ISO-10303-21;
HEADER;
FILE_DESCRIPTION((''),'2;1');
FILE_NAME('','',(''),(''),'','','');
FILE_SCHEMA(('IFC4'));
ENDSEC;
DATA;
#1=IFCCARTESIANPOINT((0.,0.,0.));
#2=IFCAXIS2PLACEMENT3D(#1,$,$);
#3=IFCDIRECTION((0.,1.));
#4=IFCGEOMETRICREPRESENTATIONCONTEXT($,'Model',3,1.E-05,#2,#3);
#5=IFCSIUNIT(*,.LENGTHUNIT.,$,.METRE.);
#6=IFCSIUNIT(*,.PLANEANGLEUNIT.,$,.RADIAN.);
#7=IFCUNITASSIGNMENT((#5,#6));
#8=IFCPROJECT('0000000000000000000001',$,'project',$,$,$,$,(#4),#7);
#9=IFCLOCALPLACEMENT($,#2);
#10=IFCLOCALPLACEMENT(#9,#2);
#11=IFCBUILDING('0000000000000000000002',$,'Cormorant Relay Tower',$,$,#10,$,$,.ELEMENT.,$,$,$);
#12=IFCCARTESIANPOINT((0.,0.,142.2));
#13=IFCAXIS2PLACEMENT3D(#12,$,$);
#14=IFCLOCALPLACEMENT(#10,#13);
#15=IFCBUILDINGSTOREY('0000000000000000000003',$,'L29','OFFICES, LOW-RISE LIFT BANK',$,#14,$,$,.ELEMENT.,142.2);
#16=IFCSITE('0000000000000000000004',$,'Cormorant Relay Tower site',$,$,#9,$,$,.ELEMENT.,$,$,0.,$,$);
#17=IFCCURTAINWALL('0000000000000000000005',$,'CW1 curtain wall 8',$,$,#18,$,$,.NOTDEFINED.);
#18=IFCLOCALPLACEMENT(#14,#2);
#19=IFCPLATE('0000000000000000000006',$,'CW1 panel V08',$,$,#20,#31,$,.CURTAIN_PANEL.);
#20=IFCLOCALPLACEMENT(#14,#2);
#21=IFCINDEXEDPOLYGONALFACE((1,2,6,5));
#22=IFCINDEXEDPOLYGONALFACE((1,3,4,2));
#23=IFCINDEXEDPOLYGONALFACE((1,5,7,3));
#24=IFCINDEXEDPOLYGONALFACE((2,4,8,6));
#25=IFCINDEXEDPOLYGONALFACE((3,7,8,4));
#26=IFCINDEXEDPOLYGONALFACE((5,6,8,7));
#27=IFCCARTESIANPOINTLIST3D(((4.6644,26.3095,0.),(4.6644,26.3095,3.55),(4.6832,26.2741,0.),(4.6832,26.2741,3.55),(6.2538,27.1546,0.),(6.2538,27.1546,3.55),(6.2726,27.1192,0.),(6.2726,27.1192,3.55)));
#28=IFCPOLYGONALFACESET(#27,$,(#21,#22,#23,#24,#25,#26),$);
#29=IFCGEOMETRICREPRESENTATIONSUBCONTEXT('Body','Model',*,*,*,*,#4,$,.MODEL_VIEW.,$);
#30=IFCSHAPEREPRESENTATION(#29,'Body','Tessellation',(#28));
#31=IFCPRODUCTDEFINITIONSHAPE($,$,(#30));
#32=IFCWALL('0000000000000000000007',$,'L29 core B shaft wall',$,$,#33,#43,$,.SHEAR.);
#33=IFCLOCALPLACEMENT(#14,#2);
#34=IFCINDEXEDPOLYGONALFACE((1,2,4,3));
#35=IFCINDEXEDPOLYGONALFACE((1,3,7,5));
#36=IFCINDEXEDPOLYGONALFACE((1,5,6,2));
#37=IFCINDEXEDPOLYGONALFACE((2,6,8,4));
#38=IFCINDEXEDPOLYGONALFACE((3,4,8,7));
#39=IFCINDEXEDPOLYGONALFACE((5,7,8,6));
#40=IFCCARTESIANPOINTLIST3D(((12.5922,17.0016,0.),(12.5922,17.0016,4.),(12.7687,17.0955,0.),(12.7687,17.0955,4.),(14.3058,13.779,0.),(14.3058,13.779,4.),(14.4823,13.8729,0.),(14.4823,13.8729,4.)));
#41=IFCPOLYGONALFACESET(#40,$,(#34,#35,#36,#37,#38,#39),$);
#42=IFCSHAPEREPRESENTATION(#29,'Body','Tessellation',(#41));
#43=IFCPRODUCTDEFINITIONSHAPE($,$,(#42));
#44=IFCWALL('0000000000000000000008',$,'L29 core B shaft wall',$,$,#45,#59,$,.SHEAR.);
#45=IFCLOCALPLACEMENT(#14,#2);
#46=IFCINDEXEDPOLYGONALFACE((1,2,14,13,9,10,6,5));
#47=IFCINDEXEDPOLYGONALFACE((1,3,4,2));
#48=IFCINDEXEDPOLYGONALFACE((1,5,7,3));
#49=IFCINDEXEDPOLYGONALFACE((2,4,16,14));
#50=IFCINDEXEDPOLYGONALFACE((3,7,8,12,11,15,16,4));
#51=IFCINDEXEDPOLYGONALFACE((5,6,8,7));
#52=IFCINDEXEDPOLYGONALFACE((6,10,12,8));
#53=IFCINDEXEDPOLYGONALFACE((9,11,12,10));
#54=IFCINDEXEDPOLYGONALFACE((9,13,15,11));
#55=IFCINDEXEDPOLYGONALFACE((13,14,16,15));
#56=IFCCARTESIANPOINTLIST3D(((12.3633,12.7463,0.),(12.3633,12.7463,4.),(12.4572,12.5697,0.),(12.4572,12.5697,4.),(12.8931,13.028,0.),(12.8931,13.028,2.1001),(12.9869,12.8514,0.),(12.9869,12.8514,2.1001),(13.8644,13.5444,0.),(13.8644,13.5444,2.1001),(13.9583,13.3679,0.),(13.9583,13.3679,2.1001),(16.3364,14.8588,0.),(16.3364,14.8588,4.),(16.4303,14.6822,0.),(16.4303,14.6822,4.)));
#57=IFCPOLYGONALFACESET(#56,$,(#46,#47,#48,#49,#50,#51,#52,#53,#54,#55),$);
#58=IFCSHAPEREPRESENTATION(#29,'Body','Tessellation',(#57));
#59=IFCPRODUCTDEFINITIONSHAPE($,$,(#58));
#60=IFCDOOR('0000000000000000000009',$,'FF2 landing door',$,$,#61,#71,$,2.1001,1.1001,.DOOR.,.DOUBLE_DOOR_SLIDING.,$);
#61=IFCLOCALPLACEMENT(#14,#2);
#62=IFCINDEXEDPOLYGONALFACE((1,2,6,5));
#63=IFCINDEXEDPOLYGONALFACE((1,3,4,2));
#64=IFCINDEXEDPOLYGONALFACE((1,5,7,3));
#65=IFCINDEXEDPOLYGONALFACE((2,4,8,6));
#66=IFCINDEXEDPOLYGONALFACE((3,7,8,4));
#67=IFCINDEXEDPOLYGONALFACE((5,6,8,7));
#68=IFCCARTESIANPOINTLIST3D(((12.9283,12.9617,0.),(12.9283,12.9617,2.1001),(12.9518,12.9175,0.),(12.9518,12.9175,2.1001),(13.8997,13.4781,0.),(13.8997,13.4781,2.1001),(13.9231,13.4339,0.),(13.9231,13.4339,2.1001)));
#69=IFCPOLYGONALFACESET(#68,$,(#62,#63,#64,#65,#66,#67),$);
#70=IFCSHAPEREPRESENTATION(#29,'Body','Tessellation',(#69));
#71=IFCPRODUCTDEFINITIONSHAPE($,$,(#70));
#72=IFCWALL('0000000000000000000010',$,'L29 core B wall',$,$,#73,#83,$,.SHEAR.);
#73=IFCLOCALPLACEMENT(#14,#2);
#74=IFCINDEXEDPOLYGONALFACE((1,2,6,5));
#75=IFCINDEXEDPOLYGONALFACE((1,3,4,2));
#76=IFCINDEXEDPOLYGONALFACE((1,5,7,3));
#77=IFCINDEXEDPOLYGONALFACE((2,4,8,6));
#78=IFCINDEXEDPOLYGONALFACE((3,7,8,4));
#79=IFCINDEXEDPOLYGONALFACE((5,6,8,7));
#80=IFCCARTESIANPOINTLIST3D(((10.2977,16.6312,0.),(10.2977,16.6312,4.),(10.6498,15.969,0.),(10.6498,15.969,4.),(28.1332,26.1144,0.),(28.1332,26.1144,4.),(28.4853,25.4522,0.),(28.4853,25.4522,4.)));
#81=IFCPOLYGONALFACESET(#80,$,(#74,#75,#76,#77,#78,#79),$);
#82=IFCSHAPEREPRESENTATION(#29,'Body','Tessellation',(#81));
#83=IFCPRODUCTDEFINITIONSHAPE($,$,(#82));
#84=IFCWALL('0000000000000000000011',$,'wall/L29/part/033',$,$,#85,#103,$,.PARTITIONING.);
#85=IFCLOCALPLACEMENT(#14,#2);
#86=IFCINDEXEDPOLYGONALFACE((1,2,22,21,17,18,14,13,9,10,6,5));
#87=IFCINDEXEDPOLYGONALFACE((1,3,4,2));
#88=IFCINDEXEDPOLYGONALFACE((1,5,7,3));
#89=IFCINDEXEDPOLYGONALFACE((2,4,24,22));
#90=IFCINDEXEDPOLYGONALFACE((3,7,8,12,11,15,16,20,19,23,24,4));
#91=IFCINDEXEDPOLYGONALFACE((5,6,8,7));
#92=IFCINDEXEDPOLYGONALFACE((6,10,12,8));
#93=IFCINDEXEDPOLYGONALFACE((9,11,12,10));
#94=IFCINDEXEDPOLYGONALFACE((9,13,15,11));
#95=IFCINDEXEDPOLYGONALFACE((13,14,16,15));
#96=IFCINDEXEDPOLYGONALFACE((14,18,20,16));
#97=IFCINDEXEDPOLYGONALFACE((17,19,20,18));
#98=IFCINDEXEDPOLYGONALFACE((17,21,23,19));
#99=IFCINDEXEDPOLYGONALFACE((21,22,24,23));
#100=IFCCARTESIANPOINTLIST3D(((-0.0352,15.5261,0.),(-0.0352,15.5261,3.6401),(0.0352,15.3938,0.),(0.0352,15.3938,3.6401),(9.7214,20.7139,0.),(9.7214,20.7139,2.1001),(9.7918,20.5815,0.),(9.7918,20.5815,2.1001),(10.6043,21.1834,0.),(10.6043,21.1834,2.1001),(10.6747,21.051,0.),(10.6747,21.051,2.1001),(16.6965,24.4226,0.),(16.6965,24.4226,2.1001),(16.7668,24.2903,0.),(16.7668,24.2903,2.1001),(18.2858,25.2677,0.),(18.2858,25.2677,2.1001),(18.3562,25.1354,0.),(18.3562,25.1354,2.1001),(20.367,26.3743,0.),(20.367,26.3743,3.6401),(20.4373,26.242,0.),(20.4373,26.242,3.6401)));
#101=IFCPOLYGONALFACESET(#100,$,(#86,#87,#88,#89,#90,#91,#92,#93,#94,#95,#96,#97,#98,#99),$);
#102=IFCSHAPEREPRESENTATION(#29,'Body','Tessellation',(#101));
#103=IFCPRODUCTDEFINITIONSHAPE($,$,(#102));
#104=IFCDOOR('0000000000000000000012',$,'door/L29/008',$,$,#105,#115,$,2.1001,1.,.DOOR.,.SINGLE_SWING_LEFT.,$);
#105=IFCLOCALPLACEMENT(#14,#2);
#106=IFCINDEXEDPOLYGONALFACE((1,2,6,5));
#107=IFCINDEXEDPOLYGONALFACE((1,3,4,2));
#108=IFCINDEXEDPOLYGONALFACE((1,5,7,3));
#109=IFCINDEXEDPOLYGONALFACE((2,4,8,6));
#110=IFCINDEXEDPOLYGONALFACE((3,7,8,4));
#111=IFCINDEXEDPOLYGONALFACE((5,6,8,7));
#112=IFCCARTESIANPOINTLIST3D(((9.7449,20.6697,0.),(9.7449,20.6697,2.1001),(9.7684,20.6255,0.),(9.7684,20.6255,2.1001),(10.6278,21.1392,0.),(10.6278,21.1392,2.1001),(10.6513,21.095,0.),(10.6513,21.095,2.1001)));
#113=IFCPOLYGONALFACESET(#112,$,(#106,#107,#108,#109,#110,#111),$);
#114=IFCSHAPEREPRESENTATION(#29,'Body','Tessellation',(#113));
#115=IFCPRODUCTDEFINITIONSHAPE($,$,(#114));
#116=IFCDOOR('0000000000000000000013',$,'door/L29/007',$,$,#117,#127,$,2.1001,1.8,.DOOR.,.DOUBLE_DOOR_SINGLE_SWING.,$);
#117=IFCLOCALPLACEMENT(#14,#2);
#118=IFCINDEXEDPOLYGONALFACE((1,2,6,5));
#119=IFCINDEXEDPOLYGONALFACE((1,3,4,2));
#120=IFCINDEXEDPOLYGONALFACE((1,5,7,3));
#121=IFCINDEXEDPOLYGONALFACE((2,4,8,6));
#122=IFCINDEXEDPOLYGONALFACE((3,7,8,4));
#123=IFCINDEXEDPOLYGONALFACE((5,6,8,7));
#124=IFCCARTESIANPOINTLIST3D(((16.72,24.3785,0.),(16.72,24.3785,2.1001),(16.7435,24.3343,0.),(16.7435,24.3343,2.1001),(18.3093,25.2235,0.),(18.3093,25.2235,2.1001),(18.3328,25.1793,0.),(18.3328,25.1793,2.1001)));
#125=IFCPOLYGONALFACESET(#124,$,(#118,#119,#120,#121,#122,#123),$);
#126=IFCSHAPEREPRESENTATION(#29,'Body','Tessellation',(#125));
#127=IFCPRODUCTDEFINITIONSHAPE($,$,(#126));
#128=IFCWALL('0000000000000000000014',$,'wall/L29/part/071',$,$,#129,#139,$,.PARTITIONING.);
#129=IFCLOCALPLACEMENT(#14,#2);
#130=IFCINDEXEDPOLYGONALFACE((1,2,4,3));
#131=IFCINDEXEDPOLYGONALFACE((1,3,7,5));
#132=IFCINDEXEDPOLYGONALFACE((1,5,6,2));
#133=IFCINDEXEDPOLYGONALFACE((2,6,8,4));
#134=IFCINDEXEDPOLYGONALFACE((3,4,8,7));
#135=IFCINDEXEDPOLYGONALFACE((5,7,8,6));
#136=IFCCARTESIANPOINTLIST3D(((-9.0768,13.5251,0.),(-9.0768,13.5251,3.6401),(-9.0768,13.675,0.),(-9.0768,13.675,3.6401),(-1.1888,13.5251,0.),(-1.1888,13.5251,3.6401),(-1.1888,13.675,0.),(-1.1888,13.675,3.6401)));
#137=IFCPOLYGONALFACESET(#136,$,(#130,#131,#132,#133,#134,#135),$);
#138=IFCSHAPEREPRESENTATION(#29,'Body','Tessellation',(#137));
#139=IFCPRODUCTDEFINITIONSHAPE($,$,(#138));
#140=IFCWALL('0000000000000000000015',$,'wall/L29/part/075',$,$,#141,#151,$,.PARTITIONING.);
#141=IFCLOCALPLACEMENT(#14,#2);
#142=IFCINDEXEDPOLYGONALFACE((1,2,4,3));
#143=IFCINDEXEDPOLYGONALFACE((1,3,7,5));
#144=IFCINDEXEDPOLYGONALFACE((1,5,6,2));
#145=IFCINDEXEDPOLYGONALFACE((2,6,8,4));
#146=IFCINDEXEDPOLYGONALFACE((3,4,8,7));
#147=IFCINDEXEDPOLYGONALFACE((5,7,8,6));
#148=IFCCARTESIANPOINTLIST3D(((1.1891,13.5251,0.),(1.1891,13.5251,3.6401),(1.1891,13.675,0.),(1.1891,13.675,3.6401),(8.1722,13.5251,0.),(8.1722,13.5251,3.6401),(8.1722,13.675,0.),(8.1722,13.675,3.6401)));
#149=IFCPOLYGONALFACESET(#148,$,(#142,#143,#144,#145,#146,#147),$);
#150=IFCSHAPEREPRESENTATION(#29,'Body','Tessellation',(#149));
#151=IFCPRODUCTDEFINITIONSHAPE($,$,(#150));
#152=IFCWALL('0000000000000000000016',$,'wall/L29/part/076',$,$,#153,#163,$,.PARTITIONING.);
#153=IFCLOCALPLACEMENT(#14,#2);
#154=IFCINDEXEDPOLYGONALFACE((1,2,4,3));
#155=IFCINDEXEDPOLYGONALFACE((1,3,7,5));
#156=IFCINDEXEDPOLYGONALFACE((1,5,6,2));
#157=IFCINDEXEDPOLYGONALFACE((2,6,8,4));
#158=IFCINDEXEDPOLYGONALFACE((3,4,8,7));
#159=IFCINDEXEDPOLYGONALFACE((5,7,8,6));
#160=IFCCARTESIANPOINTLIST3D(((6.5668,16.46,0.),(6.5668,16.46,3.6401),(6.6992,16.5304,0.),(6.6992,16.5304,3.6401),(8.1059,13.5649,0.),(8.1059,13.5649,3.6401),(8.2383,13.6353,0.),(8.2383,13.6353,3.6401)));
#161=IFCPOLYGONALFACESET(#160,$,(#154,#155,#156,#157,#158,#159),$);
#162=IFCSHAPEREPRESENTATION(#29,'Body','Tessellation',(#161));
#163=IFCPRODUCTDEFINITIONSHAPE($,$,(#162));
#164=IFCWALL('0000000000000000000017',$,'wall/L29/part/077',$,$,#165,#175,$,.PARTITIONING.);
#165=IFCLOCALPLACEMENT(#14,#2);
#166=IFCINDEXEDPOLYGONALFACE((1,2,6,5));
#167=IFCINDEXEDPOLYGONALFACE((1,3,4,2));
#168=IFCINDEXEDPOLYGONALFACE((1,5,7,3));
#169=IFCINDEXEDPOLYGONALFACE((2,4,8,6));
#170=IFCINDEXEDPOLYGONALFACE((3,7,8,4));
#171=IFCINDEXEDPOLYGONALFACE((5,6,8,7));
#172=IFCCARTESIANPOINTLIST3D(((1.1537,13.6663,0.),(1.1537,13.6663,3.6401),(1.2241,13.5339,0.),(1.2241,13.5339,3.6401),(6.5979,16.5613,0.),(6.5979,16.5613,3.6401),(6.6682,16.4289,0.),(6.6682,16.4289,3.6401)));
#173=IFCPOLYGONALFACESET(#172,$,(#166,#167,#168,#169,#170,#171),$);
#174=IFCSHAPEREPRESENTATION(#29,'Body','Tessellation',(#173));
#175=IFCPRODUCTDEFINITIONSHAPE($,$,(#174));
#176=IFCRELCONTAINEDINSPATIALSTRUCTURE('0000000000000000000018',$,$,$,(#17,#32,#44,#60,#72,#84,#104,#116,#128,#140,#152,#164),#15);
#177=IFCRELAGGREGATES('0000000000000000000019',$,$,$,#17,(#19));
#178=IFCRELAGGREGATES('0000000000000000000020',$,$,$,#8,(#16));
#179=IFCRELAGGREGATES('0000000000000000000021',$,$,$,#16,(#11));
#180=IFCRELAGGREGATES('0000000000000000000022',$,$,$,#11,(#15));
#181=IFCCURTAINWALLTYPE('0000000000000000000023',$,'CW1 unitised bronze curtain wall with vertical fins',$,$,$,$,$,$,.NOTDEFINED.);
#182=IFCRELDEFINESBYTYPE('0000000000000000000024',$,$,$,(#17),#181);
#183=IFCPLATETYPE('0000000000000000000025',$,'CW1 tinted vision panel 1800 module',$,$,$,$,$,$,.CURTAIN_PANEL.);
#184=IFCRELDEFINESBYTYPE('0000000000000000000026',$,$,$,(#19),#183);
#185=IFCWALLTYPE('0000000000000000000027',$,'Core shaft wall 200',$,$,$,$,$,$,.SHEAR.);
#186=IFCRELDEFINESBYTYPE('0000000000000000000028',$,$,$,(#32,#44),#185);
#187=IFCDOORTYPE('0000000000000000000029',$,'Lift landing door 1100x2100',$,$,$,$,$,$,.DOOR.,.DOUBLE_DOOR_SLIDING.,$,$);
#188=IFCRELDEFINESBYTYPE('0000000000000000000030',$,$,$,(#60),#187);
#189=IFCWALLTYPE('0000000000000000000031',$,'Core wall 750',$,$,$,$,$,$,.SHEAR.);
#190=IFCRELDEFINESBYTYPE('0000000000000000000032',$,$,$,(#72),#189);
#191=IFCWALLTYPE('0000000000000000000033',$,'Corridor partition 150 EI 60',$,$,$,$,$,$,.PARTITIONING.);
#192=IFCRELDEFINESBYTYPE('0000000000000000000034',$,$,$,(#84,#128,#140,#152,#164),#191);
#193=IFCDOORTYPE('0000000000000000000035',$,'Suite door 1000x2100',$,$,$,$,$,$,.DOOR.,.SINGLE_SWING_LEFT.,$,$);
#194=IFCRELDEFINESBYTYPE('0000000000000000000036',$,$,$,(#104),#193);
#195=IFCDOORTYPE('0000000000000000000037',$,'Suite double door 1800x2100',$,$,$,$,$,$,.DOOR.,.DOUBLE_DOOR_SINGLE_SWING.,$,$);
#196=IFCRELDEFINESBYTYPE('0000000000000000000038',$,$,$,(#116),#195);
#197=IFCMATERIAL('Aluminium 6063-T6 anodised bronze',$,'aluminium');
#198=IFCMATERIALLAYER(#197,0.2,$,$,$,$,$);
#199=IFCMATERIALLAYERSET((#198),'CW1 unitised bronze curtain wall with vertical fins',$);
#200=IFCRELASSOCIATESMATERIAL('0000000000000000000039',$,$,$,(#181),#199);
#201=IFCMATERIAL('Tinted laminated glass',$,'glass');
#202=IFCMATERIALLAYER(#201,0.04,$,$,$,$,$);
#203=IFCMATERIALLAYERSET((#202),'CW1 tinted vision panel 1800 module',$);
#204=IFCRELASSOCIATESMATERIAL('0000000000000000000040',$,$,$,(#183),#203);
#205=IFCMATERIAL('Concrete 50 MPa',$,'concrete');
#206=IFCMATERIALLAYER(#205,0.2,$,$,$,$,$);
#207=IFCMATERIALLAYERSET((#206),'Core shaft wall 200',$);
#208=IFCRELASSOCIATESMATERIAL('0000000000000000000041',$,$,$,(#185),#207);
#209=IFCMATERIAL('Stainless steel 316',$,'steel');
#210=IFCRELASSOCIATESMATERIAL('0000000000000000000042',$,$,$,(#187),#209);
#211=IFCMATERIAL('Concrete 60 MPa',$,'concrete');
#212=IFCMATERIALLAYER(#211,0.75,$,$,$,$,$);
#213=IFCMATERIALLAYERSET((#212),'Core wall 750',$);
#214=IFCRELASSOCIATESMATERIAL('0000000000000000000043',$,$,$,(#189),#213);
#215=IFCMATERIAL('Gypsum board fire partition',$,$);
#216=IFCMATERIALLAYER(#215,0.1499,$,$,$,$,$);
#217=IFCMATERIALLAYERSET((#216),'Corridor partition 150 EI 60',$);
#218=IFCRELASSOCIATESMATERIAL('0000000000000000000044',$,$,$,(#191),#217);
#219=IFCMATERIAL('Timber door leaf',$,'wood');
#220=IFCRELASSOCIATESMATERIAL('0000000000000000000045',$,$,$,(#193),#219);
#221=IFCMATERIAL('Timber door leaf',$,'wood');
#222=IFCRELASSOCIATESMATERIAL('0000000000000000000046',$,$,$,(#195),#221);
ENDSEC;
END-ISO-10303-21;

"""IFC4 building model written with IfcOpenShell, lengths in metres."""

from ifc_helpers import new_model, si_unit, direction, frame, frame_2d, origin, origin_2d, place, context, subcontext, project, spatial, rectangle, extrude, material, layer, layer_set, type_object, element, fill, aggregate, save


model = new_model("IFC4")

# Units and contexts
model_context = context("Model", 3, precision=1e-05, world=origin(), true_north=direction((0.0, 1.0)))
body_context = subcontext(model_context, "Body", "Model", "MODEL_VIEW")
ifc_project = project(units=[si_unit("LENGTHUNIT", "METRE"), si_unit("PLANEANGLEUNIT", "RADIAN")], contexts=[model_context])

# Site, building, storey
site_placement = place(None, origin())
site = spatial("IfcSite", under=ifc_project, at=site_placement, Name="Cormorant Relay Tower site", CompositionType="ELEMENT", RefElevation=0.0)
building_placement = place(site_placement, origin())
building = spatial("IfcBuilding", under=site, at=building_placement, Name="Cormorant Relay Tower", CompositionType="ELEMENT")
storey_placement = place(building_placement, frame((0.0, 0.0, 142.2)))
storey = spatial("IfcBuildingStorey", under=building, at=storey_placement, Name="L29", Description="OFFICES, LOW-RISE LIFT BANK", CompositionType="ELEMENT", Elevation=142.2)

# Curtain wall
ifc_material_1 = material(Name="Aluminium 6063-T6 anodised bronze", Category="aluminium")
ifc_layer_1 = layer(ifc_material_1, 0.2)
ifc_layer_set_1 = layer_set([ifc_layer_1], Name="CW1 unitised bronze curtain wall with vertical fins")
curtain_wall_type = type_object("IfcCurtainWallType", Name="CW1 unitised bronze curtain wall with vertical fins", PredefinedType="NOTDEFINED", material=ifc_layer_set_1)
curtain_wall_1_placement = place(storey_placement, origin())
curtain_wall_1 = element("IfcCurtainWall", 1, at=curtain_wall_1_placement, inside=storey, type_object=curtain_wall_type, Name="CW1 curtain wall 8", PredefinedType="NOTDEFINED")

# Plate
ifc_material_2 = material(Name="Tinted laminated glass", Category="glass")
ifc_layer_2 = layer(ifc_material_2, 0.04)
ifc_layer_set_2 = layer_set([ifc_layer_2], Name="CW1 tinted vision panel 1800 module")
plate_type = type_object("IfcPlateType", Name="CW1 tinted vision panel 1800 module", PredefinedType="CURTAIN_PANEL", material=ifc_layer_set_2)
plate_1_placement = place(storey_placement, frame((5.4685, 26.7144, 0.0), z_axis=(0.0, 0.0, 1.0), x_axis=(-0.882948, -0.469472, 0.0)))
plate_1 = element("IfcPlate", 2, at=plate_1_placement, type_object=plate_type, Name="CW1 panel V08", PredefinedType="CURTAIN_PANEL", context=body_context, shape_type="SweptSolid", body=[
    extrude(rectangle(XDim=1.8, YDim=0.04, at=origin_2d()), origin(), (0.0, 0.0, 1.0), 3.55),
])

# Wall
ifc_material_3 = material(Name="Concrete 50 MPa", Category="concrete")
ifc_layer_3 = layer(ifc_material_3, 0.2)
ifc_layer_set_3 = layer_set([ifc_layer_3], Name="Core shaft wall 200")
wall_type_1 = type_object("IfcWallType", Name="Core shaft wall 200", PredefinedType="SHEAR", material=ifc_layer_set_3)
wall_1_placement = place(storey_placement, frame((14.394, 13.8259, 0.0), z_axis=(0.0, 0.0, 1.0), x_axis=(-0.469494, 0.882936, 0.0)))
element("IfcWall", 3, at=wall_1_placement, inside=storey, type_object=wall_type_1, Name="L29 core B shaft wall", PredefinedType="SHEAR", context=body_context, shape_type="SweptSolid", body=[
    extrude(rectangle(XDim=3.6499, YDim=0.2, at=frame_2d((1.825, 0.0))), origin(), (0.0, 0.0, 1.0), 4.0),
])

# Wall, opening, door
wall_2_placement = place(storey_placement, frame((12.4102, 12.658, 0.0), z_axis=(0.0, 0.0, 1.0), x_axis=(0.882948, 0.46947, 0.0)))
wall_2 = element("IfcWall", 4, at=wall_2_placement, inside=storey, type_object=wall_type_1, Name="L29 core B shaft wall", PredefinedType="SHEAR", context=body_context, shape_type="SweptSolid", body=[
    extrude(rectangle(XDim=4.4998, YDim=0.2, at=frame_2d((2.25, 0.0))), origin(), (0.0, 0.0, 1.0), 4.0),
])
opening_1_placement = place(wall_2_placement, frame((0.6001, 0.0, 0.0)))
opening_1 = element("IfcOpeningElement", 5, at=opening_1_placement, cuts=wall_2, PredefinedType="OPENING", context=body_context, shape_type="SweptSolid", body=[
    extrude(rectangle(XDim=1.1001, YDim=2.1001, at=frame_2d((0.55, 1.05))), frame((0.0, 0.1099, 0.0), z_axis=(0.0, -1.0, 0.0), x_axis=(1.0, 0.0, 0.0)), (0.0, 0.0, 1.0), 0.22),
])
ifc_material_4 = material(Name="Stainless steel 316", Category="steel")
door_type_1 = type_object("IfcDoorType", Name="Lift landing door 1100x2100", OperationType="DOUBLE_DOOR_SLIDING", PredefinedType="DOOR", material=ifc_material_4)
door_1_placement = place(opening_1_placement, origin())
door_1 = element("IfcDoor", 6, at=door_1_placement, inside=storey, type_object=door_type_1, Name="FF2 landing door", OperationType="DOUBLE_DOOR_SLIDING", OverallHeight=2.1001, OverallWidth=1.1001, PredefinedType="DOOR", context=body_context, shape_type="SweptSolid", body=[
    extrude(rectangle(XDim=1.1001, YDim=2.1001, at=frame_2d((0.55, 1.05))), frame((0.0, 0.0249, 0.0), z_axis=(0.0, -1.0, 0.0), x_axis=(1.0, 0.0, 0.0)), (0.0, 0.0, 1.0), 0.05),
])
fill(opening_1, door_1)

# Wall
ifc_material_5 = material(Name="Concrete 60 MPa", Category="concrete")
ifc_layer_4 = layer(ifc_material_5, 0.75)
ifc_layer_set_4 = layer_set([ifc_layer_4], Name="Core wall 750")
wall_type_2 = type_object("IfcWallType", Name="Core wall 750", PredefinedType="SHEAR", material=ifc_layer_set_4)
wall_3_placement = place(storey_placement, frame((10.4736, 16.3, 0.0), z_axis=(0.0, 0.0, 1.0), x_axis=(0.88295, 0.469467, 0.0)))
element("IfcWall", 7, at=wall_3_placement, inside=storey, type_object=wall_type_2, Name="L29 core B wall", PredefinedType="SHEAR", context=body_context, shape_type="SweptSolid", body=[
    extrude(rectangle(XDim=20.2, YDim=0.75, at=frame_2d((10.1001, 0.0))), origin(), (0.0, 0.0, 1.0), 4.0),
])

# Wall, openings, doors
ifc_material_6 = material(Name="Gypsum board fire partition")
ifc_layer_5 = layer(ifc_material_6, 0.1499)
ifc_layer_set_5 = layer_set([ifc_layer_5], Name="Corridor partition 150 EI 60")
wall_type_3 = type_object("IfcWallType", Name="Corridor partition 150 EI 60", PredefinedType="PARTITIONING", material=ifc_layer_set_5)
wall_4_placement = place(storey_placement, frame((0.0, 15.46, 0.0), z_axis=(0.0, 0.0, 1.0), x_axis=(0.882945, 0.469477, 0.0)))
wall_4 = element("IfcWall", 8, at=wall_4_placement, inside=storey, type_object=wall_type_3, Name="wall/L29/part/033", PredefinedType="PARTITIONING", context=body_context, shape_type="SweptSolid", body=[
    extrude(rectangle(XDim=23.1069, YDim=0.1499, at=frame_2d((11.5535, 0.0))), origin(), (0.0, 0.0, 1.0), 3.6401),
])
opening_2_placement = place(wall_4_placement, frame((18.95, 0.0, 0.0)))
opening_2 = element("IfcOpeningElement", 9, at=opening_2_placement, cuts=wall_4, PredefinedType="OPENING", context=body_context, shape_type="SweptSolid", body=[
    extrude(rectangle(XDim=1.8, YDim=2.1001, at=frame_2d((0.8999, 1.05))), frame((0.0, 0.085, 0.0), z_axis=(0.0, -1.0, 0.0), x_axis=(1.0, 0.0, 0.0)), (0.0, 0.0, 1.0), 0.1699),
])
opening_3_placement = place(wall_4_placement, frame((11.05, 0.0, 0.0)))
opening_3 = element("IfcOpeningElement", 10, at=opening_3_placement, cuts=wall_4, PredefinedType="OPENING", context=body_context, shape_type="SweptSolid", body=[
    extrude(rectangle(XDim=1.0, YDim=2.1001, at=frame_2d((0.5, 1.05))), frame((0.0, 0.085, 0.0), z_axis=(0.0, -1.0, 0.0), x_axis=(1.0, 0.0, 0.0)), (0.0, 0.0, 1.0), 0.1699),
])
ifc_material_7 = material(Name="Timber door leaf", Category="wood")
door_type_2 = type_object("IfcDoorType", Name="Suite door 1000x2100", OperationType="SINGLE_SWING_LEFT", PredefinedType="DOOR", material=ifc_material_7)
door_2_placement = place(opening_3_placement, origin())
door_2 = element("IfcDoor", 11, at=door_2_placement, inside=storey, type_object=door_type_2, Name="door/L29/008", OperationType="SINGLE_SWING_LEFT", OverallHeight=2.1001, OverallWidth=1.0, PredefinedType="DOOR", context=body_context, shape_type="SweptSolid", body=[
    extrude(rectangle(XDim=1.0, YDim=2.1001, at=frame_2d((0.5, 1.05))), frame((0.0, 0.0249, 0.0), z_axis=(0.0, -1.0, 0.0), x_axis=(1.0, 0.0, 0.0)), (0.0, 0.0, 1.0), 0.05),
])
fill(opening_3, door_2)
ifc_material_8 = material(Name="Timber door leaf", Category="wood")
door_type_3 = type_object("IfcDoorType", Name="Suite double door 1800x2100", OperationType="DOUBLE_DOOR_SINGLE_SWING", PredefinedType="DOOR", material=ifc_material_8)
door_3_placement = place(opening_2_placement, origin())
door_3 = element("IfcDoor", 12, at=door_3_placement, inside=storey, type_object=door_type_3, Name="door/L29/007", OperationType="DOUBLE_DOOR_SINGLE_SWING", OverallHeight=2.1001, OverallWidth=1.8, PredefinedType="DOOR", context=body_context, shape_type="SweptSolid", body=[
    extrude(rectangle(XDim=1.8, YDim=2.1001, at=frame_2d((0.8999, 1.05))), frame((0.0, 0.0249, 0.0), z_axis=(0.0, -1.0, 0.0), x_axis=(1.0, 0.0, 0.0)), (0.0, 0.0, 1.0), 0.05),
])
fill(opening_2, door_3)

# Walls
wall_5_placement = place(storey_placement, frame((-1.189, 13.6001, 0.0), z_axis=(0.0, 0.0, 1.0), x_axis=(-1.0, 0.0, 0.0)))
element("IfcWall", 13, at=wall_5_placement, inside=storey, type_object=wall_type_3, Name="wall/L29/part/071", PredefinedType="PARTITIONING", context=body_context, shape_type="SweptSolid", body=[
    extrude(rectangle(XDim=7.8879, YDim=0.1499, at=frame_2d((3.9438, 0.0))), origin(), (0.0, 0.0, 1.0), 3.6401),
])
wall_6_placement = place(storey_placement, frame((1.189, 13.6001, 0.0), z_axis=(0.0, 0.0, 1.0), x_axis=(1.0, 0.0, 0.0)))
element("IfcWall", 14, at=wall_6_placement, inside=storey, type_object=wall_type_3, Name="wall/L29/part/075", PredefinedType="PARTITIONING", context=body_context, shape_type="SweptSolid", body=[
    extrude(rectangle(XDim=6.9832, YDim=0.1499, at=frame_2d((3.4917, 0.0))), origin(), (0.0, 0.0, 1.0), 3.6401),
])
wall_7_placement = place(storey_placement, frame((8.1721, 13.6001, 0.0), z_axis=(0.0, 0.0, 1.0), x_axis=(-0.469413, 0.882979, 0.0)))
element("IfcWall", 15, at=wall_7_placement, inside=storey, type_object=wall_type_3, Name="wall/L29/part/076", PredefinedType="PARTITIONING", context=body_context, shape_type="SweptSolid", body=[
    extrude(rectangle(XDim=3.2788, YDim=0.1499, at=frame_2d((1.6394, 0.0))), origin(), (0.0, 0.0, 1.0), 3.6401),
])
wall_8_placement = place(storey_placement, frame((6.6331, 16.4951, 0.0), z_axis=(0.0, 0.0, 1.0), x_axis=(-0.882924, -0.469515, 0.0)))
element("IfcWall", 16, at=wall_8_placement, inside=storey, type_object=wall_type_3, Name="wall/L29/part/077", PredefinedType="PARTITIONING", context=body_context, shape_type="SweptSolid", body=[
    extrude(rectangle(XDim=6.166, YDim=0.1499, at=frame_2d((3.083, 0.0))), origin(), (0.0, 0.0, 1.0), 3.6401),
])

aggregate(curtain_wall_1, [plate_1])

save(model, "model.ifc")
